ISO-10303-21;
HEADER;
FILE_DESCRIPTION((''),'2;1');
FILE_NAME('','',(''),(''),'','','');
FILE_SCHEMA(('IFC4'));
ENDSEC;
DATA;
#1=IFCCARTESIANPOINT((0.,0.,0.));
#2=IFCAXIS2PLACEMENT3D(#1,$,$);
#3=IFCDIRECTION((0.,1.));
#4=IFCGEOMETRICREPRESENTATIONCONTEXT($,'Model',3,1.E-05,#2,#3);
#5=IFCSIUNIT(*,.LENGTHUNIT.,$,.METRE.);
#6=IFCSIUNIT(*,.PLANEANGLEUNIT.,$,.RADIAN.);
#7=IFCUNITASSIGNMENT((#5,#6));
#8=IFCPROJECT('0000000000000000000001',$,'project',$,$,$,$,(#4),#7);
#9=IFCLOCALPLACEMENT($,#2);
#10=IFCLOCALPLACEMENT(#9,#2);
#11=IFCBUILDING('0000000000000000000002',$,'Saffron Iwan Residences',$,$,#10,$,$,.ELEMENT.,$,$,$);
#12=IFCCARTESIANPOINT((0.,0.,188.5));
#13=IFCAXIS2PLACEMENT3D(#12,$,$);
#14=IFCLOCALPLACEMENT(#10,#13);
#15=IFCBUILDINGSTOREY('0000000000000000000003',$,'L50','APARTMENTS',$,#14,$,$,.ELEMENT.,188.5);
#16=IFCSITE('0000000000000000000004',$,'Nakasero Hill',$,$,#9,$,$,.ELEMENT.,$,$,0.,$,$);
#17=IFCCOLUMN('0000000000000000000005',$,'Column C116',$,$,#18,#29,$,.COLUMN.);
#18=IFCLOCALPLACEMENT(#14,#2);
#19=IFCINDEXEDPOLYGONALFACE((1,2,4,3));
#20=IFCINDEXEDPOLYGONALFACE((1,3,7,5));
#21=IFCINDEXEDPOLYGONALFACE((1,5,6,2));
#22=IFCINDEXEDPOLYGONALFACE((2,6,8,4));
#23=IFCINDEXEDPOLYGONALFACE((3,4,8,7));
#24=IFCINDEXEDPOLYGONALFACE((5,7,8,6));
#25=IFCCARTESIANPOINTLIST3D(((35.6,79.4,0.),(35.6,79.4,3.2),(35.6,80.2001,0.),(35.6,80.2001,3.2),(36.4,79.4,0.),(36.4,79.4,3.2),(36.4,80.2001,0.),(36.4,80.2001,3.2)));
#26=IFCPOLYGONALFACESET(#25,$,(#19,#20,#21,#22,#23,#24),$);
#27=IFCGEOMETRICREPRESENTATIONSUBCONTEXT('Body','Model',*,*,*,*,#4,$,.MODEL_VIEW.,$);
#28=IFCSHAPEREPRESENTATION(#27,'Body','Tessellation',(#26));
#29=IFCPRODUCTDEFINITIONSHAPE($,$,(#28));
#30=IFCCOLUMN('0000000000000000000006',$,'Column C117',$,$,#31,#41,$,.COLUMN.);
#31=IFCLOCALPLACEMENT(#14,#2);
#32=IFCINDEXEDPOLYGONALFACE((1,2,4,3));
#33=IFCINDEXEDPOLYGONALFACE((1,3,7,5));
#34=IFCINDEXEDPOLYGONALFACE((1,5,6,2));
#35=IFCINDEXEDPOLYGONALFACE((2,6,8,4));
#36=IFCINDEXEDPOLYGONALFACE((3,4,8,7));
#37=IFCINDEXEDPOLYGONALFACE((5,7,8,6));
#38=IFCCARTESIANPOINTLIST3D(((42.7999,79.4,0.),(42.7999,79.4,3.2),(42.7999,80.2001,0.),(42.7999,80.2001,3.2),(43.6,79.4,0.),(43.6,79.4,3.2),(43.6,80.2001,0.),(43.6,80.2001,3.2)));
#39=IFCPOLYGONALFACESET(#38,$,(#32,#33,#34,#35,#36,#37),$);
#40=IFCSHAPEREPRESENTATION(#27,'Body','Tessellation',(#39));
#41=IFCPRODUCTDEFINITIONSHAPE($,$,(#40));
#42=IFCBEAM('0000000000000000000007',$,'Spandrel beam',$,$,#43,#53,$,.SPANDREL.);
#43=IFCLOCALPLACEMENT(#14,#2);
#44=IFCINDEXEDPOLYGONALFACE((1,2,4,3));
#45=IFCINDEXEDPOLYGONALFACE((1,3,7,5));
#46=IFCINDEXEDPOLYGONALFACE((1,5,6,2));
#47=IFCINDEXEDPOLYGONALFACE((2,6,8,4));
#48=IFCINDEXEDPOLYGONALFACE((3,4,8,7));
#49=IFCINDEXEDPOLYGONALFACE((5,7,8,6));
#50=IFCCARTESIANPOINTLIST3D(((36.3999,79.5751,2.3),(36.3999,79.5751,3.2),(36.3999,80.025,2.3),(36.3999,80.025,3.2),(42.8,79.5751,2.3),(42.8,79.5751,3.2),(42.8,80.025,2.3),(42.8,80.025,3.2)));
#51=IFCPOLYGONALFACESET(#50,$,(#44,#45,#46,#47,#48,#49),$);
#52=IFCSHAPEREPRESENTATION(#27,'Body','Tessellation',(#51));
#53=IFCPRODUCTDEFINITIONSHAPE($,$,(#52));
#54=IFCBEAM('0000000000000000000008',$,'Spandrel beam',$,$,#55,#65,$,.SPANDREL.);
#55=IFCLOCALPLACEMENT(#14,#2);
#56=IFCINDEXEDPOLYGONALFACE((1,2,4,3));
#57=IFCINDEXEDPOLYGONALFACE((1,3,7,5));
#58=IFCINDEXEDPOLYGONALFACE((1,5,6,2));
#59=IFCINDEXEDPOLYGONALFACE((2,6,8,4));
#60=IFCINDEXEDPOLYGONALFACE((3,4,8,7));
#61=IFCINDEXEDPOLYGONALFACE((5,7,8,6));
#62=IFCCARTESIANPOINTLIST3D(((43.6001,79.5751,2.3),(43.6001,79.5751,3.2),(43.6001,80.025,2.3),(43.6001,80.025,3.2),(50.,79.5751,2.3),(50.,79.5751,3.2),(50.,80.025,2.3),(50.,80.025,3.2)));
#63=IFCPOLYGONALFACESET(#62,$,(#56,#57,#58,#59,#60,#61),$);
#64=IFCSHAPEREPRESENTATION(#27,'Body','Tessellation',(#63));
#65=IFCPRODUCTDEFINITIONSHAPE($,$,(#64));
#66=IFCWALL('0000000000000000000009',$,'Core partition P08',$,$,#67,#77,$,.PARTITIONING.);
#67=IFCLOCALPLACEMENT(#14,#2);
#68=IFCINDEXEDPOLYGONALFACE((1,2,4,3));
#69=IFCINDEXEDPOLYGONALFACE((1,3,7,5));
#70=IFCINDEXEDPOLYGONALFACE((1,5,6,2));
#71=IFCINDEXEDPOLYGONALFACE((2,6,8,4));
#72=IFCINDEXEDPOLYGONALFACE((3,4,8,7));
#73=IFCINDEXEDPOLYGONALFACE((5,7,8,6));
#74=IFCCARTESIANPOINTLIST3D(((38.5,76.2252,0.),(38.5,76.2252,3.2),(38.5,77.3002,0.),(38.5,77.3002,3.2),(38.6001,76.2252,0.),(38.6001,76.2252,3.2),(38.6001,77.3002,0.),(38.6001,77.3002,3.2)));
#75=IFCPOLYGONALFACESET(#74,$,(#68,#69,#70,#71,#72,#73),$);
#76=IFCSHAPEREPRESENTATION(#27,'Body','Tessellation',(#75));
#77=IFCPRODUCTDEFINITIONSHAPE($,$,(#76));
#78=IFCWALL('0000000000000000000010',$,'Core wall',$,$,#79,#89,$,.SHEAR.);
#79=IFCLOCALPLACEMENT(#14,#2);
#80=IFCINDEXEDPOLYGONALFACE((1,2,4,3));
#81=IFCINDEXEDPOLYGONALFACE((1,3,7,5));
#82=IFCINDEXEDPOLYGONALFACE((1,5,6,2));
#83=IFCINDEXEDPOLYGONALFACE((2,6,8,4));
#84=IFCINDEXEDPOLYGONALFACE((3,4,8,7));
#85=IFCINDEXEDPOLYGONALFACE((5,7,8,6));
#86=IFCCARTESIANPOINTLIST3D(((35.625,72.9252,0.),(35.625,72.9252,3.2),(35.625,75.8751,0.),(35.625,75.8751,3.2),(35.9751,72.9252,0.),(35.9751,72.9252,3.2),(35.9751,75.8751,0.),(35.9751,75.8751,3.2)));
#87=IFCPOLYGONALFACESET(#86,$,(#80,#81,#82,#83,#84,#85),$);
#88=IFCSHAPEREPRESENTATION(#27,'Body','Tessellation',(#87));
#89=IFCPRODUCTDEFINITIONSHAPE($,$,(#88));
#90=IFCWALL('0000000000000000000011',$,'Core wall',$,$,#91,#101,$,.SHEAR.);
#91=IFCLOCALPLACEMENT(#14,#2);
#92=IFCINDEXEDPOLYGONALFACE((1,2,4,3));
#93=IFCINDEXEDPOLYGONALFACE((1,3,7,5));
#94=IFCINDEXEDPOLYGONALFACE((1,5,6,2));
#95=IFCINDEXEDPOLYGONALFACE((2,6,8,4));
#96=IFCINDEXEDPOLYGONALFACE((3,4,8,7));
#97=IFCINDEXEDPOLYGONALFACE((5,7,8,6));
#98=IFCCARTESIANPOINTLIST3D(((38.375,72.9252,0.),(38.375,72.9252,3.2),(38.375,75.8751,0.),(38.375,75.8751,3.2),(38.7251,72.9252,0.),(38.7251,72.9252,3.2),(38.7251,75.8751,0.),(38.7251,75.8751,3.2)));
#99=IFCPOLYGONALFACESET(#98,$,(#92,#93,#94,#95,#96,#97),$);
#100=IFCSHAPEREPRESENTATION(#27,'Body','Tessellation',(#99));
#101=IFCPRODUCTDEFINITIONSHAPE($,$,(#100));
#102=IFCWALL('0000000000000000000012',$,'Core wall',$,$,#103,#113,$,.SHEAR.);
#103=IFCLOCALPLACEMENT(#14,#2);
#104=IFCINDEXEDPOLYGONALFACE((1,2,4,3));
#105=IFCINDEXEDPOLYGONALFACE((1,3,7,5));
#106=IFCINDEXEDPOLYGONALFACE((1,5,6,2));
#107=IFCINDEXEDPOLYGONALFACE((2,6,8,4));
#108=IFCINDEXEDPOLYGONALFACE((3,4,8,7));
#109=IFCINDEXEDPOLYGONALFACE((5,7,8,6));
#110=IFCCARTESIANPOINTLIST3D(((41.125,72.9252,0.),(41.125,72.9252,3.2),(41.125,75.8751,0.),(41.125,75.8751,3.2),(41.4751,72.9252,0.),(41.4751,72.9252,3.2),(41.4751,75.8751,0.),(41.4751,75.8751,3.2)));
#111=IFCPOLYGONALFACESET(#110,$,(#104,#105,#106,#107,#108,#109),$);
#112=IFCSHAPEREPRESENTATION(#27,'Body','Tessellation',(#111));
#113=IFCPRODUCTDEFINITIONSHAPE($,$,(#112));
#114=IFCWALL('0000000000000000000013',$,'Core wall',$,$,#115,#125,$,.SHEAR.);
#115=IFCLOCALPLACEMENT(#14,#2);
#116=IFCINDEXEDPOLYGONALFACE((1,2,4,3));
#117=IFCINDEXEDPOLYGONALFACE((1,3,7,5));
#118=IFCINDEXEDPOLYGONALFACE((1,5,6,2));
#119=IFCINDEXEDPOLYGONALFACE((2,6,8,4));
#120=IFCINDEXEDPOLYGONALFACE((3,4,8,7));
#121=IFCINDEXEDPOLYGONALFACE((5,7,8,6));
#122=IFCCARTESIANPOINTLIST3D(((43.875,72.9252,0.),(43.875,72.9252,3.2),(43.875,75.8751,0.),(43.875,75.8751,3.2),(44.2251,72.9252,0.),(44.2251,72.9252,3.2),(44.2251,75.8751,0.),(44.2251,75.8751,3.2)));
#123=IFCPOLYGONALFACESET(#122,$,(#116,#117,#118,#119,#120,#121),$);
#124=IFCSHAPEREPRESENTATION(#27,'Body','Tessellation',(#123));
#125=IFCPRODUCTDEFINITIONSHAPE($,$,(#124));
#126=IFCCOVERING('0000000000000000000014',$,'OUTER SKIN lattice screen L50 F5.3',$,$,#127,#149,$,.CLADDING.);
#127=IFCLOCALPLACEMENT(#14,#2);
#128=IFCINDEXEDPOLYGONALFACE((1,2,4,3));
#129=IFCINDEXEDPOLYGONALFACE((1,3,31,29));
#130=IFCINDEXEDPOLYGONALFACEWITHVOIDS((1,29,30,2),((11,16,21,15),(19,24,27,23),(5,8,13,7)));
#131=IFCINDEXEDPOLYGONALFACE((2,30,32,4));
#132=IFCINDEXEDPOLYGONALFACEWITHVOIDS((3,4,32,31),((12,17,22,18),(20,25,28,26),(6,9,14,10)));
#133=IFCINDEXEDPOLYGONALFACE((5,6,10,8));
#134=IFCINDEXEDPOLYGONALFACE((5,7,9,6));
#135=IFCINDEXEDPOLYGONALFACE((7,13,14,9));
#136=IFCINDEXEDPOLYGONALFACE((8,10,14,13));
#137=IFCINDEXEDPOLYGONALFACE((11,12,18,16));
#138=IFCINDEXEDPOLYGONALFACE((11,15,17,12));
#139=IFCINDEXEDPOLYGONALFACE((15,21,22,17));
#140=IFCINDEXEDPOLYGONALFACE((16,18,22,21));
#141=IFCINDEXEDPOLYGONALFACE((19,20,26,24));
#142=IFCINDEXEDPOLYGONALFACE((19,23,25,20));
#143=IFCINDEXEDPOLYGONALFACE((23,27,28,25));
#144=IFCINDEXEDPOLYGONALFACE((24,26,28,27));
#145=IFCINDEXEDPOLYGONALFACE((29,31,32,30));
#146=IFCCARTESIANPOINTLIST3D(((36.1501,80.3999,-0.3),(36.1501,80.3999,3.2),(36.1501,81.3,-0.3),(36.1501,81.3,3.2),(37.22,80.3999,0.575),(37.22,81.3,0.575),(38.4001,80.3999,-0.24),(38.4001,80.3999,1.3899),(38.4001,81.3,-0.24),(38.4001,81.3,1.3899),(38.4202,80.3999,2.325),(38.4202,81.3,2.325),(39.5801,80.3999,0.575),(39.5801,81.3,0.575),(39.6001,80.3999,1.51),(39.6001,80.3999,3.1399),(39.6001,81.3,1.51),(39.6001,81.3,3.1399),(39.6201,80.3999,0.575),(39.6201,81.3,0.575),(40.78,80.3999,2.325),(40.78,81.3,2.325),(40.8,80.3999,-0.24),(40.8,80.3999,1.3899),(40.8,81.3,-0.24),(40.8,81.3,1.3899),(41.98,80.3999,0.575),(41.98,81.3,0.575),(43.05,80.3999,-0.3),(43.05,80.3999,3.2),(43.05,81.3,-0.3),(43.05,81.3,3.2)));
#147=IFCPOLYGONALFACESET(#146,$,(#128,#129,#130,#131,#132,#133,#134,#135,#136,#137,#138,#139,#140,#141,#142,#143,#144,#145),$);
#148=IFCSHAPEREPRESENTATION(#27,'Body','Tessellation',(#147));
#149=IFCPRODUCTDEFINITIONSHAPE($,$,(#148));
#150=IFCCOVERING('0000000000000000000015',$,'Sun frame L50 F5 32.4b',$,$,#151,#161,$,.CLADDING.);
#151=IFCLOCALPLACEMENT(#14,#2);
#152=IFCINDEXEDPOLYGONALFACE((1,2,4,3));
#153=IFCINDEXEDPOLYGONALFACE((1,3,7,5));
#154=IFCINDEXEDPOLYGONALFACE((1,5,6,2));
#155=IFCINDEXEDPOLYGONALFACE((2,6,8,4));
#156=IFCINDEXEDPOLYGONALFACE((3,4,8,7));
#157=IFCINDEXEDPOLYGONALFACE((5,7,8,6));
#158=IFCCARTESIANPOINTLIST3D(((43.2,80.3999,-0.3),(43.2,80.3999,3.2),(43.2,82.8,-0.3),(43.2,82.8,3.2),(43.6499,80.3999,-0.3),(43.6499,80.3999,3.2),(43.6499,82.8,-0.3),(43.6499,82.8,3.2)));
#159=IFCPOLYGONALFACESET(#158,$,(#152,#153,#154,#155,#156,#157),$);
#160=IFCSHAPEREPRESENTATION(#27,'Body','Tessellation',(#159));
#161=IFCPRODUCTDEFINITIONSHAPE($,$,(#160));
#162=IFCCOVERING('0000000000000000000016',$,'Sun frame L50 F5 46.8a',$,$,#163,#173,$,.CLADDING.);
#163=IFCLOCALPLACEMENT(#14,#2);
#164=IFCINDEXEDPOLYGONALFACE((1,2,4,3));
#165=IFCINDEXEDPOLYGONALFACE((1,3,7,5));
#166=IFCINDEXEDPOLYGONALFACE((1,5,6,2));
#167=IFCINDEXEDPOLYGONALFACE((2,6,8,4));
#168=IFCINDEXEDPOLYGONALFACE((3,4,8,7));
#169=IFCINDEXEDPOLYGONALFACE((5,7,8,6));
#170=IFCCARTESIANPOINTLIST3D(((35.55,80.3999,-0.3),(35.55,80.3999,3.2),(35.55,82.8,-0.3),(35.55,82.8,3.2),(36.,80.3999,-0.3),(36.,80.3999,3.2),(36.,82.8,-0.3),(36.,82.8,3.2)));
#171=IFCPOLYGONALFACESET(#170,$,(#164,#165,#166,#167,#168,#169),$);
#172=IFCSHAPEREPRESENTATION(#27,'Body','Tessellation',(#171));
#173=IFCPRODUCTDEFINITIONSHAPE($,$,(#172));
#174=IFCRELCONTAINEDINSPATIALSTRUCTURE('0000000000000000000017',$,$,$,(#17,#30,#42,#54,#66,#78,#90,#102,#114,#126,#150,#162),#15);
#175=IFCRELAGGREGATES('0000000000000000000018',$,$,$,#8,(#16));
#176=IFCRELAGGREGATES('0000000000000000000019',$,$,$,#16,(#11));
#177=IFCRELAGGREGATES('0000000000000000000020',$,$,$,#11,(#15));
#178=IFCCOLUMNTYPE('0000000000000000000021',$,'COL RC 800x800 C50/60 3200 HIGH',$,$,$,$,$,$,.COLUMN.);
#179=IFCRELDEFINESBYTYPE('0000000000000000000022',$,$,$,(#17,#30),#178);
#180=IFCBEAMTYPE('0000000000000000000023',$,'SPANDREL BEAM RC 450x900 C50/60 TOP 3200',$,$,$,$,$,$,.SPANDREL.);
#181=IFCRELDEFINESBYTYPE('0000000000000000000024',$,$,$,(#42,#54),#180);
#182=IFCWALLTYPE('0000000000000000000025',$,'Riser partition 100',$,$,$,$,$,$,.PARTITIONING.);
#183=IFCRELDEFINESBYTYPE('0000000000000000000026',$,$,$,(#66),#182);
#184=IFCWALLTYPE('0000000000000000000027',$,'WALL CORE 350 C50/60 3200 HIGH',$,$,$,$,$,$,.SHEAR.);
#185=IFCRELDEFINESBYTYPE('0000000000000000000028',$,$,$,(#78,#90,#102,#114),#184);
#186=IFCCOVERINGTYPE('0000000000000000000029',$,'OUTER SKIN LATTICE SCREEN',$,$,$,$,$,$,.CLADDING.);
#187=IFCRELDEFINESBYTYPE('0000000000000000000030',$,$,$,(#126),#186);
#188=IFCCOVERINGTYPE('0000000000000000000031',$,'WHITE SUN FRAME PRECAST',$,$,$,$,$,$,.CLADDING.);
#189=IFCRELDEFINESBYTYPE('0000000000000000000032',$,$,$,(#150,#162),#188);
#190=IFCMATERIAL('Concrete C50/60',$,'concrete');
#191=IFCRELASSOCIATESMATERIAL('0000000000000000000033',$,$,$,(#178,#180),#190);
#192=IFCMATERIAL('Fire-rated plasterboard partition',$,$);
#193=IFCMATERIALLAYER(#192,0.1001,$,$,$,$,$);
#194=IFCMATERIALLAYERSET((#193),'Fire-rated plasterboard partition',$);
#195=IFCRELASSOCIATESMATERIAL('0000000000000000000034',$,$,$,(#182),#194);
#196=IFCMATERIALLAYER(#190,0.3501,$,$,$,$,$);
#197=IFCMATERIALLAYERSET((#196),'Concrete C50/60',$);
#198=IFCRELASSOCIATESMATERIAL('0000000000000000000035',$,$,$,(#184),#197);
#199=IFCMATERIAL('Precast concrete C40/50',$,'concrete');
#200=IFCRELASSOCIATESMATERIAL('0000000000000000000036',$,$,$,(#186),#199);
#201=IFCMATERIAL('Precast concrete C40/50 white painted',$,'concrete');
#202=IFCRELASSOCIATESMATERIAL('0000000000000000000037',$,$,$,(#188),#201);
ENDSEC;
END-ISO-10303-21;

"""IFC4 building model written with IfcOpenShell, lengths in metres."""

from ifc_helpers import new_model, si_unit, direction, frame, frame_2d, origin, origin_2d, place, context, subcontext, project, spatial, polyline, rectangle, outline, extrude, source, transform, mapped, material, layer, layer_set, material_profile, profile_set, type_object, element, save


model = new_model("IFC4")

# Units and contexts
model_context = context("Model", 3, precision=1e-05, world=origin(), true_north=direction((0.0, 1.0)))
body_context = subcontext(model_context, "Body", "Model", "MODEL_VIEW")
ifc_project = project(units=[si_unit("LENGTHUNIT", "METRE"), si_unit("PLANEANGLEUNIT", "RADIAN")], contexts=[model_context])

# Site, building, storey
site_placement = place(None, origin())
site = spatial("IfcSite", under=ifc_project, at=site_placement, Name="Nakasero Hill", CompositionType="ELEMENT", RefElevation=0.0)
building_placement = place(site_placement, origin())
building = spatial("IfcBuilding", under=site, at=building_placement, Name="Saffron Iwan Residences", CompositionType="ELEMENT")
storey_placement = place(building_placement, frame((0.0, 0.0, 188.5)))
storey = spatial("IfcBuildingStorey", under=building, at=storey_placement, Name="L50", Description="APARTMENTS", CompositionType="ELEMENT", Elevation=188.5)

# Columns
ifc_material_1 = material(Name="Concrete C50/60", Category="concrete")
ifc_material_profile_1 = material_profile(ifc_material_1, rectangle(XDim=0.8, YDim=0.8, at=origin_2d()), Name="RC 800x800")
ifc_profile_set_1 = profile_set([ifc_material_profile_1], Name="Concrete C50/60")
column_type = type_object("IfcColumnType", Name="COL RC 800x800 C50/60 3200 HIGH", PredefinedType="COLUMN", material=ifc_profile_set_1)
shared_shape_1 = source(origin(), body_context, "Body", "SweptSolid", [
    extrude(rectangle(XDim=0.8, YDim=0.8, at=origin_2d()), origin(), (0.0, 0.0, 1.0), 3.2),
])
for number, where, z_axis, x_axis, name in (
    (1, (36.0, 79.8, 0.0), (0.0, 0.0, 1.0), (1.0, 0.0, 0.0), "Column C116"),
    (2, (43.2, 79.8, 0.0), (0.0, 0.0, 1.0), (1.0, 0.0, 0.0), "Column C117"),
):
    element("IfcColumn", number, at=place(storey_placement, frame(where, z_axis=z_axis, x_axis=x_axis)), inside=storey, type_object=column_type, Name=name, PredefinedType="COLUMN", context=body_context, shape_type="MappedRepresentation", body=[
        mapped(shared_shape_1, transform((0.0, 0.0, 0.0))),
    ])

# Beams
ifc_material_profile_2 = material_profile(ifc_material_1, rectangle(XDim=0.45, YDim=0.8999, at=origin_2d()), Name="RC 450x900")
ifc_profile_set_2 = profile_set([ifc_material_profile_2], Name="Concrete C50/60")
beam_type = type_object("IfcBeamType", Name="SPANDREL BEAM RC 450x900 C50/60 TOP 3200", PredefinedType="SPANDREL", material=ifc_profile_set_2)
shared_shape_2 = source(origin(), body_context, "Body", "SweptSolid", [
    extrude(rectangle(XDim=0.45, YDim=0.8999, at=origin_2d()), origin(), (0.0, 0.0, 1.0), 6.4001),
])
beam_1_placement = place(storey_placement, frame((36.3999, 79.8, 2.75), z_axis=(1.0, 0.0, 0.0), x_axis=(0.0, 1.0, 0.0)))
element("IfcBeam", 3, at=beam_1_placement, inside=storey, type_object=beam_type, Name="Spandrel beam", PredefinedType="SPANDREL", context=body_context, shape_type="MappedRepresentation", body=[
    mapped(shared_shape_2, transform((0.0, 0.0, 0.0))),
])
shared_shape_3 = source(origin(), body_context, "Body", "SweptSolid", [
    extrude(rectangle(XDim=0.45, YDim=0.8999, at=origin_2d()), origin(), (0.0, 0.0, 1.0), 6.3999),
])
beam_2_placement = place(storey_placement, frame((43.6001, 79.8, 2.75), z_axis=(1.0, 0.0, 0.0), x_axis=(0.0, 1.0, 0.0)))
element("IfcBeam", 4, at=beam_2_placement, inside=storey, type_object=beam_type, Name="Spandrel beam", PredefinedType="SPANDREL", context=body_context, shape_type="MappedRepresentation", body=[
    mapped(shared_shape_3, transform((0.0, 0.0, 0.0))),
])

# Walls
ifc_material_2 = material(Name="Fire-rated plasterboard partition")
ifc_layer_1 = layer(ifc_material_2, 0.1001)
ifc_layer_set_1 = layer_set([ifc_layer_1], Name="Fire-rated plasterboard partition")
wall_type_1 = type_object("IfcWallType", Name="Riser partition 100", PredefinedType="PARTITIONING", material=ifc_layer_set_1)
wall_placement = place(storey_placement, frame((38.55, 76.2251, 0.0), z_axis=(0.0, 0.0, 1.0), x_axis=(0.0, 1.0, 0.0)))
element("IfcWall", 5, at=wall_placement, inside=storey, type_object=wall_type_1, Name="Core partition P08", PredefinedType="PARTITIONING", context=body_context, shape_type="SweptSolid", body=[
    extrude(rectangle(XDim=1.075, YDim=0.1001, at=frame_2d((0.5376, 0.0))), origin(), (0.0, 0.0, 1.0), 3.2),
])
ifc_layer_2 = layer(ifc_material_1, 0.3501)
ifc_layer_set_2 = layer_set([ifc_layer_2], Name="Concrete C50/60")
wall_type_2 = type_object("IfcWallType", Name="WALL CORE 350 C50/60 3200 HIGH", PredefinedType="SHEAR", material=ifc_layer_set_2)
for number, where, z_axis, x_axis, name in (
    (6, (35.8, 72.925, 0.0), (0.0, 0.0, 1.0), (0.0, 1.0, 0.0), "Core wall"),
    (7, (38.55, 72.925, 0.0), (0.0, 0.0, 1.0), (0.0, 1.0, 0.0), "Core wall"),
    (8, (41.3, 72.925, 0.0), (0.0, 0.0, 1.0), (0.0, 1.0, 0.0), "Core wall"),
    (9, (44.05, 72.925, 0.0), (0.0, 0.0, 1.0), (0.0, 1.0, 0.0), "Core wall"),
):
    element("IfcWall", number, at=place(storey_placement, frame(where, z_axis=z_axis, x_axis=x_axis)), inside=storey, type_object=wall_type_2, Name=name, PredefinedType="SHEAR", context=body_context, shape_type="SweptSolid", body=[
        extrude(rectangle(XDim=2.95, YDim=0.3501, at=frame_2d((1.4751, 0.0))), origin(), (0.0, 0.0, 1.0), 3.2),
    ])

# Coverings
ifc_material_3 = material(Name="Precast concrete C40/50", Category="concrete")
covering_type_1 = type_object("IfcCoveringType", Name="OUTER SKIN LATTICE SCREEN", PredefinedType="CLADDING", material=ifc_material_3)
covering_placement = place(storey_placement, frame((43.05, 80.3999, -0.3), z_axis=(0.0, 1.0, 0.0), x_axis=(-1.0, 0.0, 0.0)))
element("IfcCovering", 10, at=covering_placement, inside=storey, type_object=covering_type_1, Name="OUTER SKIN lattice screen L50 F5.3", PredefinedType="CLADDING", context=body_context, shape_type="SweptSolid", body=[
    extrude(outline(polyline([(0.0, 0.0), (6.8999, 0.0), (6.8999, 3.5), (0.0, 3.5), (0.0, 0.0)]), holes=[polyline([(1.0701, 0.875), (2.25, 0.0601), (3.4299, 0.875), (2.25, 1.6899), (1.0701, 0.875)]), polyline([(3.47, 0.875), (4.6499, 0.0601), (5.8301, 0.875), (4.6499, 1.6899), (3.47, 0.875)]), polyline([(2.27, 2.625), (3.45, 1.8101), (4.6299, 2.625), (3.45, 3.4399), (2.27, 2.625)])]), origin(), (0.0, 0.0, 1.0), 0.9001),
])
ifc_material_4 = material(Name="Precast concrete C40/50 white painted", Category="concrete")
covering_type_2 = type_object("IfcCoveringType", Name="WHITE SUN FRAME PRECAST", PredefinedType="CLADDING", material=ifc_material_4)
for number, where, z_axis, x_axis, name in (
    (11, (43.6499, 80.3999, -0.3), (0.0, 1.0, 0.0), (-1.0, 0.0, 0.0), "Sun frame L50 F5 32.4b"),
    (12, (36.0, 80.3999, -0.3), (0.0, 1.0, 0.0), (-1.0, 0.0, 0.0), "Sun frame L50 F5 46.8a"),
):
    element("IfcCovering", number, at=place(storey_placement, frame(where, z_axis=z_axis, x_axis=x_axis)), inside=storey, type_object=covering_type_2, Name=name, PredefinedType="CLADDING", context=body_context, shape_type="SweptSolid", body=[
        extrude(outline(polyline([(0.0, 0.0), (0.45, 0.0), (0.45, 3.5), (0.0, 3.5), (0.0, 0.0)])), origin(), (0.0, 0.0, 1.0), 2.4001),
    ])

save(model, "model.ifc")
